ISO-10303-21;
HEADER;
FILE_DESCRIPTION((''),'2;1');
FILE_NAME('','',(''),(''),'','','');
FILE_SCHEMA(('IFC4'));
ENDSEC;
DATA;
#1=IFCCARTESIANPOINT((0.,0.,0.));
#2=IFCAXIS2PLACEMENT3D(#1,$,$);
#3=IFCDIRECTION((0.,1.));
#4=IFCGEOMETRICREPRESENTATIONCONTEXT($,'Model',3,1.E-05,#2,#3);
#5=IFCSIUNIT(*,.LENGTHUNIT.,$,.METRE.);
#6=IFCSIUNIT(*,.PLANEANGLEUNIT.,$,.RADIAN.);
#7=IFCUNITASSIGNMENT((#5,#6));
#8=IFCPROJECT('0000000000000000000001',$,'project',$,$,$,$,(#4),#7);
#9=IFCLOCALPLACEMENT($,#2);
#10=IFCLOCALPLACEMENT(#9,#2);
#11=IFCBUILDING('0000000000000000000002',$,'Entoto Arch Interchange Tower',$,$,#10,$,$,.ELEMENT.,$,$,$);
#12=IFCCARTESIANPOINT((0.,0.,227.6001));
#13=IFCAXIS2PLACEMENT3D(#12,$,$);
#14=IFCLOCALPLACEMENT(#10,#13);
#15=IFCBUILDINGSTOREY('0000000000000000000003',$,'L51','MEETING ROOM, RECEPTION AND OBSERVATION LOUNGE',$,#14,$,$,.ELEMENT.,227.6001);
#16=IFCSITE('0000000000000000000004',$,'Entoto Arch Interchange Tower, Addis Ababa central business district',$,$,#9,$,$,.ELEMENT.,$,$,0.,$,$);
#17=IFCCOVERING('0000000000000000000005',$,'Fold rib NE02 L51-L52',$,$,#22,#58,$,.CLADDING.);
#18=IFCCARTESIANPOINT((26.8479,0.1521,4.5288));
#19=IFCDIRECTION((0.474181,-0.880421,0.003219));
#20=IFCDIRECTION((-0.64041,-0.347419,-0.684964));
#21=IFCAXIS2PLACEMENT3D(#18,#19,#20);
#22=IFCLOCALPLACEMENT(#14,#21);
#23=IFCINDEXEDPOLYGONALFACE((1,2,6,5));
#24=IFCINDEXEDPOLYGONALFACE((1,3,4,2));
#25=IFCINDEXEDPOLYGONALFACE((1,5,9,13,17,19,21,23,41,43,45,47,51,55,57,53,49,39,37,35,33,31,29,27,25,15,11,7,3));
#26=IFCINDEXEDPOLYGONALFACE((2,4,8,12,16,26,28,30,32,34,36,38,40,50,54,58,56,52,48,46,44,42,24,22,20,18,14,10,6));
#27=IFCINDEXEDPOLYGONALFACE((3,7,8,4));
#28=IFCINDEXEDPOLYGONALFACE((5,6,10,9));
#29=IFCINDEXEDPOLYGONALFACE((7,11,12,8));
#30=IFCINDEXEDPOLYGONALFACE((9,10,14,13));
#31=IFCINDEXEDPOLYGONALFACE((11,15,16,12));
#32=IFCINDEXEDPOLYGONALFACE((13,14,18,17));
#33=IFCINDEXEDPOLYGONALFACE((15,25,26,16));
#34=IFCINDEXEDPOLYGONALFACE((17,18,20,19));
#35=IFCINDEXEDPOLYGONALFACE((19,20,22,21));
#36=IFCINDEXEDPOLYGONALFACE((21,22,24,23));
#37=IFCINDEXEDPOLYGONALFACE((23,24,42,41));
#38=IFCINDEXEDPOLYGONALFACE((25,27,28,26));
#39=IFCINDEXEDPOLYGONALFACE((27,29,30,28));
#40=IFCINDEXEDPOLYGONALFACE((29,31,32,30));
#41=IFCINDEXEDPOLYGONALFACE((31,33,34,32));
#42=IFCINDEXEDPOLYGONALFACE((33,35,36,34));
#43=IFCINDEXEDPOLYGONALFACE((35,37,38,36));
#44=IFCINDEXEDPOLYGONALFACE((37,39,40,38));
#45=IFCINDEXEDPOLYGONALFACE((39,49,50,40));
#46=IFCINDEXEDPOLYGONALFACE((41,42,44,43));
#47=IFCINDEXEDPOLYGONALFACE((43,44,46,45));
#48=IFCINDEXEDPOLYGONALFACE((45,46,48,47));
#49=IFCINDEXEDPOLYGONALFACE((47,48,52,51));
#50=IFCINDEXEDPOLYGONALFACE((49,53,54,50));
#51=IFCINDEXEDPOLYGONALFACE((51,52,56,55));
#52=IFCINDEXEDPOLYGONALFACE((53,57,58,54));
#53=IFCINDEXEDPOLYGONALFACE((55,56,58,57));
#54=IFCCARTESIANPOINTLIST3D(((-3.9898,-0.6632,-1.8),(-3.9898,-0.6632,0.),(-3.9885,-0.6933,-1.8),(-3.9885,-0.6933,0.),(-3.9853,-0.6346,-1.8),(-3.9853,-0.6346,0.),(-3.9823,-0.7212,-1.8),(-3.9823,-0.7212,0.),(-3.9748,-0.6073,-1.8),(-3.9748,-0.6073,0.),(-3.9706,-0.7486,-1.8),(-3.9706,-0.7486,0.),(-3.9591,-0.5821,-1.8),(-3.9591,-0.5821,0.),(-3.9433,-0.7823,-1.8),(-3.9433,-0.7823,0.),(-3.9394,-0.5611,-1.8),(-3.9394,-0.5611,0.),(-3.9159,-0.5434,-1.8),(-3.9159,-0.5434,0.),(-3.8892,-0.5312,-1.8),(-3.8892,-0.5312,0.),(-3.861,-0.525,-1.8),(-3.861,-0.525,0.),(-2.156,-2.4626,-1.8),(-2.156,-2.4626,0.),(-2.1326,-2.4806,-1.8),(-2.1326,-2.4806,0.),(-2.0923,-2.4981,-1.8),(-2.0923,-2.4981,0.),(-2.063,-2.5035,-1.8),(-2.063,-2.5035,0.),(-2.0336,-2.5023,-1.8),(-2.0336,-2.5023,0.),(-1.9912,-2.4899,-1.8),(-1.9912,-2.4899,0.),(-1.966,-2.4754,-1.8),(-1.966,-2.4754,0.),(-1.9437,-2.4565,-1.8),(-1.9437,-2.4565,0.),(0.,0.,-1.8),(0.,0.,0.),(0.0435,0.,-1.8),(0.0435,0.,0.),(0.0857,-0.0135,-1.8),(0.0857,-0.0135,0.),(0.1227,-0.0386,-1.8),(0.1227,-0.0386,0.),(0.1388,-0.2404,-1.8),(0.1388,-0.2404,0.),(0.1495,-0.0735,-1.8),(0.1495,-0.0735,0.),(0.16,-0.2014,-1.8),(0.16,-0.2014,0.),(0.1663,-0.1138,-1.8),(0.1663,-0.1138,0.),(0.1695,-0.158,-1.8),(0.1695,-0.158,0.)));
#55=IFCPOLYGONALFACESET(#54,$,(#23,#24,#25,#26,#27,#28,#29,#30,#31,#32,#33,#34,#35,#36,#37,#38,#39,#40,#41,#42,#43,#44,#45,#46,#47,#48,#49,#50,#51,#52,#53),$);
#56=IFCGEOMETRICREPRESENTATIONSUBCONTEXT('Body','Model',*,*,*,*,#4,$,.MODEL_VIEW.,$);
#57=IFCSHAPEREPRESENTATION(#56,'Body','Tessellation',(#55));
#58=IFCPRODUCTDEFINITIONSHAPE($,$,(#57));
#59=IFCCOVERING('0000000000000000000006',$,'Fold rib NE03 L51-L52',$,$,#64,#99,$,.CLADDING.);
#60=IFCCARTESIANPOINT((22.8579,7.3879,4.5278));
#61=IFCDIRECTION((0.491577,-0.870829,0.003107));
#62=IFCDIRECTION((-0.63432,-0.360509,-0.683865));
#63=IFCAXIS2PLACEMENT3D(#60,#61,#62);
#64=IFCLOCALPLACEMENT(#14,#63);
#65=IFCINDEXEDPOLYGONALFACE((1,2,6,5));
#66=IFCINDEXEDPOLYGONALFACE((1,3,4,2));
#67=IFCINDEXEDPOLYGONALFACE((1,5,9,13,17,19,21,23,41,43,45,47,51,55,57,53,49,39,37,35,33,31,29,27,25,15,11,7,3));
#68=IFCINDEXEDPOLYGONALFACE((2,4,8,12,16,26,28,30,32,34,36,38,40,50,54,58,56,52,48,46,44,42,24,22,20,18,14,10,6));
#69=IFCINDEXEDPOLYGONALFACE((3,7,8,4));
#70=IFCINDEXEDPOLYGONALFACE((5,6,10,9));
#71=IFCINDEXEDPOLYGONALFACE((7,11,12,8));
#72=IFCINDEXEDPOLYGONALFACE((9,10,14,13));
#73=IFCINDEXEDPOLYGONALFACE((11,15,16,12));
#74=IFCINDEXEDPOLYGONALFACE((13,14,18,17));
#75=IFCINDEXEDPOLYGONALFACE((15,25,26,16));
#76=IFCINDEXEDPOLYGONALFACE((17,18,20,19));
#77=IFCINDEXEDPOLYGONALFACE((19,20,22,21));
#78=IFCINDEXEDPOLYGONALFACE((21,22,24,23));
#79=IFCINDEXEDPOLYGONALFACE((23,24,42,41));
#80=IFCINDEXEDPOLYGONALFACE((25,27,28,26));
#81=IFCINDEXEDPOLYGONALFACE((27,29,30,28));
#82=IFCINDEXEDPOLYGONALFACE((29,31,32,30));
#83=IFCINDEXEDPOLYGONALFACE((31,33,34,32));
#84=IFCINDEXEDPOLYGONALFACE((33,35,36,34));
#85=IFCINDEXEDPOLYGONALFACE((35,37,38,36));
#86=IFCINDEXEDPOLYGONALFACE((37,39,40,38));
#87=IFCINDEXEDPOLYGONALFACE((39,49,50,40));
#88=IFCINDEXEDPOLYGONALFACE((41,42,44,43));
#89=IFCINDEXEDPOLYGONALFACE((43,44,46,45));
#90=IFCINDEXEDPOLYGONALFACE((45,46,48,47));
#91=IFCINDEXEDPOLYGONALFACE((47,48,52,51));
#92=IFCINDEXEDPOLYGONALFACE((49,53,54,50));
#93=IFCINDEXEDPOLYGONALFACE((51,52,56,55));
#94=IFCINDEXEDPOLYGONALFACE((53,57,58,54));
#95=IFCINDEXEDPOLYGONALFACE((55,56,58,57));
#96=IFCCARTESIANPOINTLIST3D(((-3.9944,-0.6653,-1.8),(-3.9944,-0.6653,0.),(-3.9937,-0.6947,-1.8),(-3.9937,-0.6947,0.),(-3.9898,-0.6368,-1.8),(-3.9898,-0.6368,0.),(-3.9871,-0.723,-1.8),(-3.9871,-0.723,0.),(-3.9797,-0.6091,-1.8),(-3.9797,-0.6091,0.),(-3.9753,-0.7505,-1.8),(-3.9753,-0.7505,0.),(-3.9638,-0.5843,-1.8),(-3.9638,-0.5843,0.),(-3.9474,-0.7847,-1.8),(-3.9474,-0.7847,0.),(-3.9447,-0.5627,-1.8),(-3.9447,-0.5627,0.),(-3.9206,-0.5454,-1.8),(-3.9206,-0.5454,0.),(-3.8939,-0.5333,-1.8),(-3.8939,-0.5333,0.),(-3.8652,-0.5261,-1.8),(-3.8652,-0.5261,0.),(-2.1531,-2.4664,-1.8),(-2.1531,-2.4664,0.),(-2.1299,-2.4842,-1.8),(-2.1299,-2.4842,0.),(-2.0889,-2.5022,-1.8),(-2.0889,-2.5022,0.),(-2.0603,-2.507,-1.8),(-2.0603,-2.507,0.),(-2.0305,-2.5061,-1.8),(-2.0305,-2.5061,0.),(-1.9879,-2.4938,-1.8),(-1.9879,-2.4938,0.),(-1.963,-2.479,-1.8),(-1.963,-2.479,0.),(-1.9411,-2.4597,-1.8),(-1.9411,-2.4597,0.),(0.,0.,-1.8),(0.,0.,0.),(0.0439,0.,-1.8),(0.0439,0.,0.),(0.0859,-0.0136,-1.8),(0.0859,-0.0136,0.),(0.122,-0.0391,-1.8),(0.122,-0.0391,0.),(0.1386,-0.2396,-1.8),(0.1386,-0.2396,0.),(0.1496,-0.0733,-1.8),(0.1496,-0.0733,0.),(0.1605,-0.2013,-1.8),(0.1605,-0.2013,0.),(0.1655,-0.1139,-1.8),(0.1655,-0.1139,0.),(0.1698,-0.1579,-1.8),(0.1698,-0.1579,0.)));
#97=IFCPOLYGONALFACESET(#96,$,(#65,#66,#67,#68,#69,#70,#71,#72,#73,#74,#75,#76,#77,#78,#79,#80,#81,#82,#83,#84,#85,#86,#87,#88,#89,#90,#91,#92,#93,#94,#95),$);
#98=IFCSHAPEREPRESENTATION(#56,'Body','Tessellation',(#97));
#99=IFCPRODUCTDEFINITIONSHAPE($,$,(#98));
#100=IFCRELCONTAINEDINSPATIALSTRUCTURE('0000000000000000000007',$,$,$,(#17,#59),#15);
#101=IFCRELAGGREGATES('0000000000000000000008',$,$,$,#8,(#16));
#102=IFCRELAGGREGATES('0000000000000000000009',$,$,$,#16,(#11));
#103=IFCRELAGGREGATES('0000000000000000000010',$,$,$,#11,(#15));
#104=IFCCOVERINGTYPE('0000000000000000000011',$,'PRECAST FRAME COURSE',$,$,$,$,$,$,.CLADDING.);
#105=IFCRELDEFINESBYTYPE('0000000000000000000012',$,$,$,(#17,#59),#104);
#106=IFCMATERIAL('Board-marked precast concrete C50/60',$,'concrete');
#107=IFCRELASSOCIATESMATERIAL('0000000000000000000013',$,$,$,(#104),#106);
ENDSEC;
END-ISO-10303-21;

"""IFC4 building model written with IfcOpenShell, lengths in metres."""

from ifc_helpers import new_model, si_unit, direction, frame, origin, place, context, subcontext, project, spatial, polyline, outline, extrude, material, type_object, element, save


model = new_model("IFC4")

# Units and contexts
model_context = context("Model", 3, precision=1e-05, world=origin(), true_north=direction((0.0, 1.0)))
body_context = subcontext(model_context, "Body", "Model", "MODEL_VIEW")
ifc_project = project(units=[si_unit("LENGTHUNIT", "METRE"), si_unit("PLANEANGLEUNIT", "RADIAN")], contexts=[model_context])

# Site, building, storey
site_placement = place(None, origin())
site = spatial("IfcSite", under=ifc_project, at=site_placement, Name="Entoto Arch Interchange Tower, Addis Ababa central business district", CompositionType="ELEMENT", RefElevation=0.0)
building_placement = place(site_placement, origin())
building = spatial("IfcBuilding", under=site, at=building_placement, Name="Entoto Arch Interchange Tower", CompositionType="ELEMENT")
storey_placement = place(building_placement, frame((0.0, 0.0, 227.6001)))
storey = spatial("IfcBuildingStorey", under=building, at=storey_placement, Name="L51", Description="MEETING ROOM, RECEPTION AND OBSERVATION LOUNGE", CompositionType="ELEMENT", Elevation=227.6001)

# Shared definitions
ifc_material_1 = material(Name="Board-marked precast concrete C50/60", Category="concrete")

# Coverings
covering_type = type_object("IfcCoveringType", Name="PRECAST FRAME COURSE", PredefinedType="CLADDING", material=ifc_material_1)
covering_1_placement = place(storey_placement, frame((26.8479, 0.1521, 4.5288), z_axis=(0.474181, -0.880421, 0.003219), x_axis=(-0.64041, -0.347419, -0.684964)))
element("IfcCovering", 1, at=covering_1_placement, inside=storey, type_object=covering_type, Name="Fold rib NE02 L51-L52", PredefinedType="CLADDING", context=body_context, shape_type="SweptSolid", body=[
    extrude(outline(polyline([(0.0, 0.0), (0.0435, 0.0), (0.0857, -0.0135), (0.1227, -0.0386), (0.1495, -0.0735), (0.1663, -0.1138), (0.1695, -0.158), (0.16, -0.2014), (0.1388, -0.2404), (-1.9437, -2.4565), (-1.966, -2.4754), (-1.9912, -2.4899), (-2.0336, -2.5023), (-2.063, -2.5035), (-2.0923, -2.4981), (-2.1326, -2.4806), (-2.156, -2.4626), (-3.9433, -0.7823), (-3.9706, -0.7486), (-3.9823, -0.7212), (-3.9885, -0.6933), (-3.9898, -0.6632), (-3.9853, -0.6346), (-3.9748, -0.6073), (-3.9591, -0.5821), (-3.9394, -0.5611), (-3.9159, -0.5434), (-3.8892, -0.5312), (-3.861, -0.525), (0.0, 0.0)])), origin(), (0.0, 0.0, -1.0), 1.8),
])
covering_2_placement = place(storey_placement, frame((22.8579, 7.3879, 4.5278), z_axis=(0.491577, -0.870829, 0.003107), x_axis=(-0.63432, -0.360509, -0.683865)))
element("IfcCovering", 2, at=covering_2_placement, inside=storey, type_object=covering_type, Name="Fold rib NE03 L51-L52", PredefinedType="CLADDING", context=body_context, shape_type="SweptSolid", body=[
    extrude(outline(polyline([(0.0, 0.0), (0.0439, 0.0), (0.0859, -0.0136), (0.122, -0.0391), (0.1496, -0.0733), (0.1655, -0.1139), (0.1698, -0.1579), (0.1605, -0.2013), (0.1386, -0.2396), (-1.9411, -2.4597), (-1.963, -2.479), (-1.9879, -2.4938), (-2.0305, -2.5061), (-2.0603, -2.507), (-2.0889, -2.5022), (-2.1299, -2.4842), (-2.1531, -2.4664), (-3.9474, -0.7847), (-3.9753, -0.7505), (-3.9871, -0.723), (-3.9937, -0.6947), (-3.9944, -0.6653), (-3.9898, -0.6368), (-3.9797, -0.6091), (-3.9638, -0.5843), (-3.9447, -0.5627), (-3.9206, -0.5454), (-3.8939, -0.5333), (-3.8652, -0.5261), (0.0, 0.0)])), origin(), (0.0, 0.0, -1.0), 1.8),
])

save(model, "model.ifc")
